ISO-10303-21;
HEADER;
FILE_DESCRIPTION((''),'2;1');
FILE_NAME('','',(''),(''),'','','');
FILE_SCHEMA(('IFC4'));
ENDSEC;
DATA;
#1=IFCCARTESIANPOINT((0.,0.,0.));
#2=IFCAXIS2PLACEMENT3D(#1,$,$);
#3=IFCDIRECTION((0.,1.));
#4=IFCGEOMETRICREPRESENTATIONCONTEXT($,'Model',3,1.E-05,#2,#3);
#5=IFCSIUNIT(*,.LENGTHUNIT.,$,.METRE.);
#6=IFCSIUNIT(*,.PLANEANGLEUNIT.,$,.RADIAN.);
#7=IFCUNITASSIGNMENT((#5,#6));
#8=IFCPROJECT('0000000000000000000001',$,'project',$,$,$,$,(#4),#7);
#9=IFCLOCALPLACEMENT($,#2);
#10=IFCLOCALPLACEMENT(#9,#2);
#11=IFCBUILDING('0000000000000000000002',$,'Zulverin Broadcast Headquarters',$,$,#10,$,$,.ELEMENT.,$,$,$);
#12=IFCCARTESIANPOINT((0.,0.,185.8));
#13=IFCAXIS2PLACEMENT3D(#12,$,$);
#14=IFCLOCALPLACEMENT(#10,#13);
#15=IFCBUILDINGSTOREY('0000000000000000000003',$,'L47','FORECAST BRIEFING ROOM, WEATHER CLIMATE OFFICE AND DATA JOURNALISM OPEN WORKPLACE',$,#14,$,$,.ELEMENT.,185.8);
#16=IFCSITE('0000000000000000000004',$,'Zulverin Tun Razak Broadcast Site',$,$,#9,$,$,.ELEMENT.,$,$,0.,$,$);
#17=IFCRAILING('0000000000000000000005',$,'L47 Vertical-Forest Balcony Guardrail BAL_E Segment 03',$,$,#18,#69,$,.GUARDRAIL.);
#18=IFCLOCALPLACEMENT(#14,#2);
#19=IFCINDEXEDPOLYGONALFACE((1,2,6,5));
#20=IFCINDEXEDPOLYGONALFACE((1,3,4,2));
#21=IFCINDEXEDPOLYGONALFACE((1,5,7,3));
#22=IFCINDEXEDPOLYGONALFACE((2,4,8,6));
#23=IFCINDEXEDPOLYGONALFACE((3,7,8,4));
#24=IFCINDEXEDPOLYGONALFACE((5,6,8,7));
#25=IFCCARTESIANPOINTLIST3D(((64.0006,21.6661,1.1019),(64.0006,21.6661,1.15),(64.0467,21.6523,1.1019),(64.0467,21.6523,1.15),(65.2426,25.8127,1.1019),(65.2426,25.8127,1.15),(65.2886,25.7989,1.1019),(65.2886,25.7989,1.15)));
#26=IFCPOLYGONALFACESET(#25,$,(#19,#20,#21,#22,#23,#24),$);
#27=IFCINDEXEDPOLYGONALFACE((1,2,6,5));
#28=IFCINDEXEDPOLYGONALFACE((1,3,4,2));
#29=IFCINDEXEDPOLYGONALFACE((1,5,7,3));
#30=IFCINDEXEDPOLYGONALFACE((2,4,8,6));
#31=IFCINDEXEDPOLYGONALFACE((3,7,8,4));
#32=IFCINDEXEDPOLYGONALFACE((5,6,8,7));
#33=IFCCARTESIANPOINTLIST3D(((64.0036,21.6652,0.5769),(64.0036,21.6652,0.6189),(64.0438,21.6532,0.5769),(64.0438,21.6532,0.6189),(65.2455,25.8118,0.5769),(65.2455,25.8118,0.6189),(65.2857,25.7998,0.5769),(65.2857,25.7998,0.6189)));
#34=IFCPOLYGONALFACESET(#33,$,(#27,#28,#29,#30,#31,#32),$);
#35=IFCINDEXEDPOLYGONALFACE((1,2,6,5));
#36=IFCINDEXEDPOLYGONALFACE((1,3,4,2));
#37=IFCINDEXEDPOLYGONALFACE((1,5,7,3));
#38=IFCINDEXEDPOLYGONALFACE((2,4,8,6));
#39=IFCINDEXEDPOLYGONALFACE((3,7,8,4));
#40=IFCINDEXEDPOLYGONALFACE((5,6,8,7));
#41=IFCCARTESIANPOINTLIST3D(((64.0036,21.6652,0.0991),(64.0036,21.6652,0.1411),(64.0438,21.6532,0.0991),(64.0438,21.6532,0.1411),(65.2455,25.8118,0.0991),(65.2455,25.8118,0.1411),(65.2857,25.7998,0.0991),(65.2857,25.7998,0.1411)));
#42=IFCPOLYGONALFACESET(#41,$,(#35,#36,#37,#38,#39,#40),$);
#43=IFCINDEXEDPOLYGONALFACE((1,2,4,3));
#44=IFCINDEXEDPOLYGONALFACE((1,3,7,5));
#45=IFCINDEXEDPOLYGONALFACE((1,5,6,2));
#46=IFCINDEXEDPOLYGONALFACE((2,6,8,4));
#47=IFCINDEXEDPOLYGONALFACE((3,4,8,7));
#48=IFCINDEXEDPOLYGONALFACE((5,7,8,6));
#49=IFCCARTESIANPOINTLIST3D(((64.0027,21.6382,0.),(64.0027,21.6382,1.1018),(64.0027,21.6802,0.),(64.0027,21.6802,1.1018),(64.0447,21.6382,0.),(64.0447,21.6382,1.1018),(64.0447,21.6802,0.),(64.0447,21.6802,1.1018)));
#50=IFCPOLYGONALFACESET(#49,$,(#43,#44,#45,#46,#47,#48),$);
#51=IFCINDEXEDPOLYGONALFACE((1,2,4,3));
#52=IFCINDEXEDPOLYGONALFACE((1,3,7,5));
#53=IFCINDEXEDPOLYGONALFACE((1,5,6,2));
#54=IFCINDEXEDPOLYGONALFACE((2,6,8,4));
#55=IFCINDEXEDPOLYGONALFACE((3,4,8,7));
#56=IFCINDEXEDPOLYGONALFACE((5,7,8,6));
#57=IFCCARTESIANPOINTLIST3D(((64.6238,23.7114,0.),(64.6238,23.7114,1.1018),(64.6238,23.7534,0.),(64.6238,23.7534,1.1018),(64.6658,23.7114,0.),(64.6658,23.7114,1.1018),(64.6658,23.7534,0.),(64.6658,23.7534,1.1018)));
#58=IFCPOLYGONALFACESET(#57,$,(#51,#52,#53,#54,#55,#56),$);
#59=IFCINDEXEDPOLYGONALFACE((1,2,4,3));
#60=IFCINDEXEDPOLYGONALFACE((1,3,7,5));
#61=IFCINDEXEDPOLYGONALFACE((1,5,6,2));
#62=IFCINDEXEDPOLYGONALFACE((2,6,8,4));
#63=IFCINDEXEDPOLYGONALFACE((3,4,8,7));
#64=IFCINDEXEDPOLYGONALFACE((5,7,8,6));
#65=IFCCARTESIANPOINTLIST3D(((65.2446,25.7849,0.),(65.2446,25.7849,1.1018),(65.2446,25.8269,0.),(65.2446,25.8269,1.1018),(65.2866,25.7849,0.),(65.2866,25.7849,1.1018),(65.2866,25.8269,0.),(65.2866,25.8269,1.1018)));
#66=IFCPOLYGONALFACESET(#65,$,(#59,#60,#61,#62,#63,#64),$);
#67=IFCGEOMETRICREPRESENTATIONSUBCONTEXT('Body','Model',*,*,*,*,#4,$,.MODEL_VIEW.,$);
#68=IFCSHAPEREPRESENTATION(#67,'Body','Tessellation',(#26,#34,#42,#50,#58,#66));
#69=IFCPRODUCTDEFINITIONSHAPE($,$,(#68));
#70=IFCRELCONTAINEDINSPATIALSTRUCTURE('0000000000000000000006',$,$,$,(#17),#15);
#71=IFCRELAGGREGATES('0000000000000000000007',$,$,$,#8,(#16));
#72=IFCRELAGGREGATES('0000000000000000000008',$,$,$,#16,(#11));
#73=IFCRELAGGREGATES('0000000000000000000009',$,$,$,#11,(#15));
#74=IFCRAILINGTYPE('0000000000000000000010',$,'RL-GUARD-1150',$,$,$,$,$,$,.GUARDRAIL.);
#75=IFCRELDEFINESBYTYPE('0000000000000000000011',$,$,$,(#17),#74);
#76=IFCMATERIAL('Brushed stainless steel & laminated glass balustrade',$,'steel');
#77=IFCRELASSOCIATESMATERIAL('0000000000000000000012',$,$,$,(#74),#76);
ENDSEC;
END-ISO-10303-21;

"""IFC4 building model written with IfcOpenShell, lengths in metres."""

from ifc_helpers import new_model, si_unit, direction, frame, origin, origin_2d, place, context, subcontext, project, spatial, rectangle, extrude, material, type_object, element, save


model = new_model("IFC4")

# Units and contexts
model_context = context("Model", 3, precision=1e-05, world=origin(), true_north=direction((0.0, 1.0)))
body_context = subcontext(model_context, "Body", "Model", "MODEL_VIEW")
ifc_project = project(units=[si_unit("LENGTHUNIT", "METRE"), si_unit("PLANEANGLEUNIT", "RADIAN")], contexts=[model_context])

# Site, building, storey
site_placement = place(None, origin())
site = spatial("IfcSite", under=ifc_project, at=site_placement, Name="Zulverin Tun Razak Broadcast Site", CompositionType="ELEMENT", RefElevation=0.0)
building_placement = place(site_placement, origin())
building = spatial("IfcBuilding", under=site, at=building_placement, Name="Zulverin Broadcast Headquarters", CompositionType="ELEMENT")
storey_placement = place(building_placement, frame((0.0, 0.0, 185.8)))
storey = spatial("IfcBuildingStorey", under=building, at=storey_placement, Name="L47", Description="FORECAST BRIEFING ROOM, WEATHER CLIMATE OFFICE AND DATA JOURNALISM OPEN WORKPLACE", CompositionType="ELEMENT", Elevation=185.8)

# Railing
ifc_material_1 = material(Name="Brushed stainless steel & laminated glass balustrade", Category="steel")
railing_type = type_object("IfcRailingType", Name="RL-GUARD-1150", PredefinedType="GUARDRAIL", material=ifc_material_1)
railing_1_placement = place(storey_placement, frame((64.0237, 21.6592, 0.0)))
element("IfcRailing", 1, at=railing_1_placement, inside=storey, type_object=railing_type, Name="L47 Vertical-Forest Balcony Guardrail BAL_E Segment 03", PredefinedType="GUARDRAIL", context=body_context, shape_type="SweptSolid", body=[
    extrude(rectangle(XDim=0.0481, YDim=0.0481, at=origin_2d()), frame((0.0, 0.0, 1.126), z_axis=(0.286908, 0.957958, 0.0), x_axis=(-0.957958, 0.286908, 0.0)), (0.0, 0.0, 1.0), 4.3286),
    extrude(rectangle(XDim=0.042, YDim=0.042, at=origin_2d()), frame((0.0, 0.0, 0.5979), z_axis=(0.286908, 0.957958, 0.0), x_axis=(-0.957958, 0.286908, 0.0)), (0.0, 0.0, 1.0), 4.3286),
    extrude(rectangle(XDim=0.042, YDim=0.042, at=origin_2d()), frame((0.0, 0.0, 0.1201), z_axis=(0.286908, 0.957958, 0.0), x_axis=(-0.957958, 0.286908, 0.0)), (0.0, 0.0, 1.0), 4.3286),
    extrude(rectangle(XDim=0.042, YDim=0.042, at=origin_2d()), origin(), (0.0, 0.0, 1.0), 1.1018),
    extrude(rectangle(XDim=0.042, YDim=0.042, at=origin_2d()), frame((0.6211, 2.0732, 0.0)), (0.0, 0.0, 1.0), 1.1018),
    extrude(rectangle(XDim=0.042, YDim=0.042, at=origin_2d()), frame((1.2419, 4.1467, 0.0)), (0.0, 0.0, 1.0), 1.1018),
])

save(model, "model.ifc")
